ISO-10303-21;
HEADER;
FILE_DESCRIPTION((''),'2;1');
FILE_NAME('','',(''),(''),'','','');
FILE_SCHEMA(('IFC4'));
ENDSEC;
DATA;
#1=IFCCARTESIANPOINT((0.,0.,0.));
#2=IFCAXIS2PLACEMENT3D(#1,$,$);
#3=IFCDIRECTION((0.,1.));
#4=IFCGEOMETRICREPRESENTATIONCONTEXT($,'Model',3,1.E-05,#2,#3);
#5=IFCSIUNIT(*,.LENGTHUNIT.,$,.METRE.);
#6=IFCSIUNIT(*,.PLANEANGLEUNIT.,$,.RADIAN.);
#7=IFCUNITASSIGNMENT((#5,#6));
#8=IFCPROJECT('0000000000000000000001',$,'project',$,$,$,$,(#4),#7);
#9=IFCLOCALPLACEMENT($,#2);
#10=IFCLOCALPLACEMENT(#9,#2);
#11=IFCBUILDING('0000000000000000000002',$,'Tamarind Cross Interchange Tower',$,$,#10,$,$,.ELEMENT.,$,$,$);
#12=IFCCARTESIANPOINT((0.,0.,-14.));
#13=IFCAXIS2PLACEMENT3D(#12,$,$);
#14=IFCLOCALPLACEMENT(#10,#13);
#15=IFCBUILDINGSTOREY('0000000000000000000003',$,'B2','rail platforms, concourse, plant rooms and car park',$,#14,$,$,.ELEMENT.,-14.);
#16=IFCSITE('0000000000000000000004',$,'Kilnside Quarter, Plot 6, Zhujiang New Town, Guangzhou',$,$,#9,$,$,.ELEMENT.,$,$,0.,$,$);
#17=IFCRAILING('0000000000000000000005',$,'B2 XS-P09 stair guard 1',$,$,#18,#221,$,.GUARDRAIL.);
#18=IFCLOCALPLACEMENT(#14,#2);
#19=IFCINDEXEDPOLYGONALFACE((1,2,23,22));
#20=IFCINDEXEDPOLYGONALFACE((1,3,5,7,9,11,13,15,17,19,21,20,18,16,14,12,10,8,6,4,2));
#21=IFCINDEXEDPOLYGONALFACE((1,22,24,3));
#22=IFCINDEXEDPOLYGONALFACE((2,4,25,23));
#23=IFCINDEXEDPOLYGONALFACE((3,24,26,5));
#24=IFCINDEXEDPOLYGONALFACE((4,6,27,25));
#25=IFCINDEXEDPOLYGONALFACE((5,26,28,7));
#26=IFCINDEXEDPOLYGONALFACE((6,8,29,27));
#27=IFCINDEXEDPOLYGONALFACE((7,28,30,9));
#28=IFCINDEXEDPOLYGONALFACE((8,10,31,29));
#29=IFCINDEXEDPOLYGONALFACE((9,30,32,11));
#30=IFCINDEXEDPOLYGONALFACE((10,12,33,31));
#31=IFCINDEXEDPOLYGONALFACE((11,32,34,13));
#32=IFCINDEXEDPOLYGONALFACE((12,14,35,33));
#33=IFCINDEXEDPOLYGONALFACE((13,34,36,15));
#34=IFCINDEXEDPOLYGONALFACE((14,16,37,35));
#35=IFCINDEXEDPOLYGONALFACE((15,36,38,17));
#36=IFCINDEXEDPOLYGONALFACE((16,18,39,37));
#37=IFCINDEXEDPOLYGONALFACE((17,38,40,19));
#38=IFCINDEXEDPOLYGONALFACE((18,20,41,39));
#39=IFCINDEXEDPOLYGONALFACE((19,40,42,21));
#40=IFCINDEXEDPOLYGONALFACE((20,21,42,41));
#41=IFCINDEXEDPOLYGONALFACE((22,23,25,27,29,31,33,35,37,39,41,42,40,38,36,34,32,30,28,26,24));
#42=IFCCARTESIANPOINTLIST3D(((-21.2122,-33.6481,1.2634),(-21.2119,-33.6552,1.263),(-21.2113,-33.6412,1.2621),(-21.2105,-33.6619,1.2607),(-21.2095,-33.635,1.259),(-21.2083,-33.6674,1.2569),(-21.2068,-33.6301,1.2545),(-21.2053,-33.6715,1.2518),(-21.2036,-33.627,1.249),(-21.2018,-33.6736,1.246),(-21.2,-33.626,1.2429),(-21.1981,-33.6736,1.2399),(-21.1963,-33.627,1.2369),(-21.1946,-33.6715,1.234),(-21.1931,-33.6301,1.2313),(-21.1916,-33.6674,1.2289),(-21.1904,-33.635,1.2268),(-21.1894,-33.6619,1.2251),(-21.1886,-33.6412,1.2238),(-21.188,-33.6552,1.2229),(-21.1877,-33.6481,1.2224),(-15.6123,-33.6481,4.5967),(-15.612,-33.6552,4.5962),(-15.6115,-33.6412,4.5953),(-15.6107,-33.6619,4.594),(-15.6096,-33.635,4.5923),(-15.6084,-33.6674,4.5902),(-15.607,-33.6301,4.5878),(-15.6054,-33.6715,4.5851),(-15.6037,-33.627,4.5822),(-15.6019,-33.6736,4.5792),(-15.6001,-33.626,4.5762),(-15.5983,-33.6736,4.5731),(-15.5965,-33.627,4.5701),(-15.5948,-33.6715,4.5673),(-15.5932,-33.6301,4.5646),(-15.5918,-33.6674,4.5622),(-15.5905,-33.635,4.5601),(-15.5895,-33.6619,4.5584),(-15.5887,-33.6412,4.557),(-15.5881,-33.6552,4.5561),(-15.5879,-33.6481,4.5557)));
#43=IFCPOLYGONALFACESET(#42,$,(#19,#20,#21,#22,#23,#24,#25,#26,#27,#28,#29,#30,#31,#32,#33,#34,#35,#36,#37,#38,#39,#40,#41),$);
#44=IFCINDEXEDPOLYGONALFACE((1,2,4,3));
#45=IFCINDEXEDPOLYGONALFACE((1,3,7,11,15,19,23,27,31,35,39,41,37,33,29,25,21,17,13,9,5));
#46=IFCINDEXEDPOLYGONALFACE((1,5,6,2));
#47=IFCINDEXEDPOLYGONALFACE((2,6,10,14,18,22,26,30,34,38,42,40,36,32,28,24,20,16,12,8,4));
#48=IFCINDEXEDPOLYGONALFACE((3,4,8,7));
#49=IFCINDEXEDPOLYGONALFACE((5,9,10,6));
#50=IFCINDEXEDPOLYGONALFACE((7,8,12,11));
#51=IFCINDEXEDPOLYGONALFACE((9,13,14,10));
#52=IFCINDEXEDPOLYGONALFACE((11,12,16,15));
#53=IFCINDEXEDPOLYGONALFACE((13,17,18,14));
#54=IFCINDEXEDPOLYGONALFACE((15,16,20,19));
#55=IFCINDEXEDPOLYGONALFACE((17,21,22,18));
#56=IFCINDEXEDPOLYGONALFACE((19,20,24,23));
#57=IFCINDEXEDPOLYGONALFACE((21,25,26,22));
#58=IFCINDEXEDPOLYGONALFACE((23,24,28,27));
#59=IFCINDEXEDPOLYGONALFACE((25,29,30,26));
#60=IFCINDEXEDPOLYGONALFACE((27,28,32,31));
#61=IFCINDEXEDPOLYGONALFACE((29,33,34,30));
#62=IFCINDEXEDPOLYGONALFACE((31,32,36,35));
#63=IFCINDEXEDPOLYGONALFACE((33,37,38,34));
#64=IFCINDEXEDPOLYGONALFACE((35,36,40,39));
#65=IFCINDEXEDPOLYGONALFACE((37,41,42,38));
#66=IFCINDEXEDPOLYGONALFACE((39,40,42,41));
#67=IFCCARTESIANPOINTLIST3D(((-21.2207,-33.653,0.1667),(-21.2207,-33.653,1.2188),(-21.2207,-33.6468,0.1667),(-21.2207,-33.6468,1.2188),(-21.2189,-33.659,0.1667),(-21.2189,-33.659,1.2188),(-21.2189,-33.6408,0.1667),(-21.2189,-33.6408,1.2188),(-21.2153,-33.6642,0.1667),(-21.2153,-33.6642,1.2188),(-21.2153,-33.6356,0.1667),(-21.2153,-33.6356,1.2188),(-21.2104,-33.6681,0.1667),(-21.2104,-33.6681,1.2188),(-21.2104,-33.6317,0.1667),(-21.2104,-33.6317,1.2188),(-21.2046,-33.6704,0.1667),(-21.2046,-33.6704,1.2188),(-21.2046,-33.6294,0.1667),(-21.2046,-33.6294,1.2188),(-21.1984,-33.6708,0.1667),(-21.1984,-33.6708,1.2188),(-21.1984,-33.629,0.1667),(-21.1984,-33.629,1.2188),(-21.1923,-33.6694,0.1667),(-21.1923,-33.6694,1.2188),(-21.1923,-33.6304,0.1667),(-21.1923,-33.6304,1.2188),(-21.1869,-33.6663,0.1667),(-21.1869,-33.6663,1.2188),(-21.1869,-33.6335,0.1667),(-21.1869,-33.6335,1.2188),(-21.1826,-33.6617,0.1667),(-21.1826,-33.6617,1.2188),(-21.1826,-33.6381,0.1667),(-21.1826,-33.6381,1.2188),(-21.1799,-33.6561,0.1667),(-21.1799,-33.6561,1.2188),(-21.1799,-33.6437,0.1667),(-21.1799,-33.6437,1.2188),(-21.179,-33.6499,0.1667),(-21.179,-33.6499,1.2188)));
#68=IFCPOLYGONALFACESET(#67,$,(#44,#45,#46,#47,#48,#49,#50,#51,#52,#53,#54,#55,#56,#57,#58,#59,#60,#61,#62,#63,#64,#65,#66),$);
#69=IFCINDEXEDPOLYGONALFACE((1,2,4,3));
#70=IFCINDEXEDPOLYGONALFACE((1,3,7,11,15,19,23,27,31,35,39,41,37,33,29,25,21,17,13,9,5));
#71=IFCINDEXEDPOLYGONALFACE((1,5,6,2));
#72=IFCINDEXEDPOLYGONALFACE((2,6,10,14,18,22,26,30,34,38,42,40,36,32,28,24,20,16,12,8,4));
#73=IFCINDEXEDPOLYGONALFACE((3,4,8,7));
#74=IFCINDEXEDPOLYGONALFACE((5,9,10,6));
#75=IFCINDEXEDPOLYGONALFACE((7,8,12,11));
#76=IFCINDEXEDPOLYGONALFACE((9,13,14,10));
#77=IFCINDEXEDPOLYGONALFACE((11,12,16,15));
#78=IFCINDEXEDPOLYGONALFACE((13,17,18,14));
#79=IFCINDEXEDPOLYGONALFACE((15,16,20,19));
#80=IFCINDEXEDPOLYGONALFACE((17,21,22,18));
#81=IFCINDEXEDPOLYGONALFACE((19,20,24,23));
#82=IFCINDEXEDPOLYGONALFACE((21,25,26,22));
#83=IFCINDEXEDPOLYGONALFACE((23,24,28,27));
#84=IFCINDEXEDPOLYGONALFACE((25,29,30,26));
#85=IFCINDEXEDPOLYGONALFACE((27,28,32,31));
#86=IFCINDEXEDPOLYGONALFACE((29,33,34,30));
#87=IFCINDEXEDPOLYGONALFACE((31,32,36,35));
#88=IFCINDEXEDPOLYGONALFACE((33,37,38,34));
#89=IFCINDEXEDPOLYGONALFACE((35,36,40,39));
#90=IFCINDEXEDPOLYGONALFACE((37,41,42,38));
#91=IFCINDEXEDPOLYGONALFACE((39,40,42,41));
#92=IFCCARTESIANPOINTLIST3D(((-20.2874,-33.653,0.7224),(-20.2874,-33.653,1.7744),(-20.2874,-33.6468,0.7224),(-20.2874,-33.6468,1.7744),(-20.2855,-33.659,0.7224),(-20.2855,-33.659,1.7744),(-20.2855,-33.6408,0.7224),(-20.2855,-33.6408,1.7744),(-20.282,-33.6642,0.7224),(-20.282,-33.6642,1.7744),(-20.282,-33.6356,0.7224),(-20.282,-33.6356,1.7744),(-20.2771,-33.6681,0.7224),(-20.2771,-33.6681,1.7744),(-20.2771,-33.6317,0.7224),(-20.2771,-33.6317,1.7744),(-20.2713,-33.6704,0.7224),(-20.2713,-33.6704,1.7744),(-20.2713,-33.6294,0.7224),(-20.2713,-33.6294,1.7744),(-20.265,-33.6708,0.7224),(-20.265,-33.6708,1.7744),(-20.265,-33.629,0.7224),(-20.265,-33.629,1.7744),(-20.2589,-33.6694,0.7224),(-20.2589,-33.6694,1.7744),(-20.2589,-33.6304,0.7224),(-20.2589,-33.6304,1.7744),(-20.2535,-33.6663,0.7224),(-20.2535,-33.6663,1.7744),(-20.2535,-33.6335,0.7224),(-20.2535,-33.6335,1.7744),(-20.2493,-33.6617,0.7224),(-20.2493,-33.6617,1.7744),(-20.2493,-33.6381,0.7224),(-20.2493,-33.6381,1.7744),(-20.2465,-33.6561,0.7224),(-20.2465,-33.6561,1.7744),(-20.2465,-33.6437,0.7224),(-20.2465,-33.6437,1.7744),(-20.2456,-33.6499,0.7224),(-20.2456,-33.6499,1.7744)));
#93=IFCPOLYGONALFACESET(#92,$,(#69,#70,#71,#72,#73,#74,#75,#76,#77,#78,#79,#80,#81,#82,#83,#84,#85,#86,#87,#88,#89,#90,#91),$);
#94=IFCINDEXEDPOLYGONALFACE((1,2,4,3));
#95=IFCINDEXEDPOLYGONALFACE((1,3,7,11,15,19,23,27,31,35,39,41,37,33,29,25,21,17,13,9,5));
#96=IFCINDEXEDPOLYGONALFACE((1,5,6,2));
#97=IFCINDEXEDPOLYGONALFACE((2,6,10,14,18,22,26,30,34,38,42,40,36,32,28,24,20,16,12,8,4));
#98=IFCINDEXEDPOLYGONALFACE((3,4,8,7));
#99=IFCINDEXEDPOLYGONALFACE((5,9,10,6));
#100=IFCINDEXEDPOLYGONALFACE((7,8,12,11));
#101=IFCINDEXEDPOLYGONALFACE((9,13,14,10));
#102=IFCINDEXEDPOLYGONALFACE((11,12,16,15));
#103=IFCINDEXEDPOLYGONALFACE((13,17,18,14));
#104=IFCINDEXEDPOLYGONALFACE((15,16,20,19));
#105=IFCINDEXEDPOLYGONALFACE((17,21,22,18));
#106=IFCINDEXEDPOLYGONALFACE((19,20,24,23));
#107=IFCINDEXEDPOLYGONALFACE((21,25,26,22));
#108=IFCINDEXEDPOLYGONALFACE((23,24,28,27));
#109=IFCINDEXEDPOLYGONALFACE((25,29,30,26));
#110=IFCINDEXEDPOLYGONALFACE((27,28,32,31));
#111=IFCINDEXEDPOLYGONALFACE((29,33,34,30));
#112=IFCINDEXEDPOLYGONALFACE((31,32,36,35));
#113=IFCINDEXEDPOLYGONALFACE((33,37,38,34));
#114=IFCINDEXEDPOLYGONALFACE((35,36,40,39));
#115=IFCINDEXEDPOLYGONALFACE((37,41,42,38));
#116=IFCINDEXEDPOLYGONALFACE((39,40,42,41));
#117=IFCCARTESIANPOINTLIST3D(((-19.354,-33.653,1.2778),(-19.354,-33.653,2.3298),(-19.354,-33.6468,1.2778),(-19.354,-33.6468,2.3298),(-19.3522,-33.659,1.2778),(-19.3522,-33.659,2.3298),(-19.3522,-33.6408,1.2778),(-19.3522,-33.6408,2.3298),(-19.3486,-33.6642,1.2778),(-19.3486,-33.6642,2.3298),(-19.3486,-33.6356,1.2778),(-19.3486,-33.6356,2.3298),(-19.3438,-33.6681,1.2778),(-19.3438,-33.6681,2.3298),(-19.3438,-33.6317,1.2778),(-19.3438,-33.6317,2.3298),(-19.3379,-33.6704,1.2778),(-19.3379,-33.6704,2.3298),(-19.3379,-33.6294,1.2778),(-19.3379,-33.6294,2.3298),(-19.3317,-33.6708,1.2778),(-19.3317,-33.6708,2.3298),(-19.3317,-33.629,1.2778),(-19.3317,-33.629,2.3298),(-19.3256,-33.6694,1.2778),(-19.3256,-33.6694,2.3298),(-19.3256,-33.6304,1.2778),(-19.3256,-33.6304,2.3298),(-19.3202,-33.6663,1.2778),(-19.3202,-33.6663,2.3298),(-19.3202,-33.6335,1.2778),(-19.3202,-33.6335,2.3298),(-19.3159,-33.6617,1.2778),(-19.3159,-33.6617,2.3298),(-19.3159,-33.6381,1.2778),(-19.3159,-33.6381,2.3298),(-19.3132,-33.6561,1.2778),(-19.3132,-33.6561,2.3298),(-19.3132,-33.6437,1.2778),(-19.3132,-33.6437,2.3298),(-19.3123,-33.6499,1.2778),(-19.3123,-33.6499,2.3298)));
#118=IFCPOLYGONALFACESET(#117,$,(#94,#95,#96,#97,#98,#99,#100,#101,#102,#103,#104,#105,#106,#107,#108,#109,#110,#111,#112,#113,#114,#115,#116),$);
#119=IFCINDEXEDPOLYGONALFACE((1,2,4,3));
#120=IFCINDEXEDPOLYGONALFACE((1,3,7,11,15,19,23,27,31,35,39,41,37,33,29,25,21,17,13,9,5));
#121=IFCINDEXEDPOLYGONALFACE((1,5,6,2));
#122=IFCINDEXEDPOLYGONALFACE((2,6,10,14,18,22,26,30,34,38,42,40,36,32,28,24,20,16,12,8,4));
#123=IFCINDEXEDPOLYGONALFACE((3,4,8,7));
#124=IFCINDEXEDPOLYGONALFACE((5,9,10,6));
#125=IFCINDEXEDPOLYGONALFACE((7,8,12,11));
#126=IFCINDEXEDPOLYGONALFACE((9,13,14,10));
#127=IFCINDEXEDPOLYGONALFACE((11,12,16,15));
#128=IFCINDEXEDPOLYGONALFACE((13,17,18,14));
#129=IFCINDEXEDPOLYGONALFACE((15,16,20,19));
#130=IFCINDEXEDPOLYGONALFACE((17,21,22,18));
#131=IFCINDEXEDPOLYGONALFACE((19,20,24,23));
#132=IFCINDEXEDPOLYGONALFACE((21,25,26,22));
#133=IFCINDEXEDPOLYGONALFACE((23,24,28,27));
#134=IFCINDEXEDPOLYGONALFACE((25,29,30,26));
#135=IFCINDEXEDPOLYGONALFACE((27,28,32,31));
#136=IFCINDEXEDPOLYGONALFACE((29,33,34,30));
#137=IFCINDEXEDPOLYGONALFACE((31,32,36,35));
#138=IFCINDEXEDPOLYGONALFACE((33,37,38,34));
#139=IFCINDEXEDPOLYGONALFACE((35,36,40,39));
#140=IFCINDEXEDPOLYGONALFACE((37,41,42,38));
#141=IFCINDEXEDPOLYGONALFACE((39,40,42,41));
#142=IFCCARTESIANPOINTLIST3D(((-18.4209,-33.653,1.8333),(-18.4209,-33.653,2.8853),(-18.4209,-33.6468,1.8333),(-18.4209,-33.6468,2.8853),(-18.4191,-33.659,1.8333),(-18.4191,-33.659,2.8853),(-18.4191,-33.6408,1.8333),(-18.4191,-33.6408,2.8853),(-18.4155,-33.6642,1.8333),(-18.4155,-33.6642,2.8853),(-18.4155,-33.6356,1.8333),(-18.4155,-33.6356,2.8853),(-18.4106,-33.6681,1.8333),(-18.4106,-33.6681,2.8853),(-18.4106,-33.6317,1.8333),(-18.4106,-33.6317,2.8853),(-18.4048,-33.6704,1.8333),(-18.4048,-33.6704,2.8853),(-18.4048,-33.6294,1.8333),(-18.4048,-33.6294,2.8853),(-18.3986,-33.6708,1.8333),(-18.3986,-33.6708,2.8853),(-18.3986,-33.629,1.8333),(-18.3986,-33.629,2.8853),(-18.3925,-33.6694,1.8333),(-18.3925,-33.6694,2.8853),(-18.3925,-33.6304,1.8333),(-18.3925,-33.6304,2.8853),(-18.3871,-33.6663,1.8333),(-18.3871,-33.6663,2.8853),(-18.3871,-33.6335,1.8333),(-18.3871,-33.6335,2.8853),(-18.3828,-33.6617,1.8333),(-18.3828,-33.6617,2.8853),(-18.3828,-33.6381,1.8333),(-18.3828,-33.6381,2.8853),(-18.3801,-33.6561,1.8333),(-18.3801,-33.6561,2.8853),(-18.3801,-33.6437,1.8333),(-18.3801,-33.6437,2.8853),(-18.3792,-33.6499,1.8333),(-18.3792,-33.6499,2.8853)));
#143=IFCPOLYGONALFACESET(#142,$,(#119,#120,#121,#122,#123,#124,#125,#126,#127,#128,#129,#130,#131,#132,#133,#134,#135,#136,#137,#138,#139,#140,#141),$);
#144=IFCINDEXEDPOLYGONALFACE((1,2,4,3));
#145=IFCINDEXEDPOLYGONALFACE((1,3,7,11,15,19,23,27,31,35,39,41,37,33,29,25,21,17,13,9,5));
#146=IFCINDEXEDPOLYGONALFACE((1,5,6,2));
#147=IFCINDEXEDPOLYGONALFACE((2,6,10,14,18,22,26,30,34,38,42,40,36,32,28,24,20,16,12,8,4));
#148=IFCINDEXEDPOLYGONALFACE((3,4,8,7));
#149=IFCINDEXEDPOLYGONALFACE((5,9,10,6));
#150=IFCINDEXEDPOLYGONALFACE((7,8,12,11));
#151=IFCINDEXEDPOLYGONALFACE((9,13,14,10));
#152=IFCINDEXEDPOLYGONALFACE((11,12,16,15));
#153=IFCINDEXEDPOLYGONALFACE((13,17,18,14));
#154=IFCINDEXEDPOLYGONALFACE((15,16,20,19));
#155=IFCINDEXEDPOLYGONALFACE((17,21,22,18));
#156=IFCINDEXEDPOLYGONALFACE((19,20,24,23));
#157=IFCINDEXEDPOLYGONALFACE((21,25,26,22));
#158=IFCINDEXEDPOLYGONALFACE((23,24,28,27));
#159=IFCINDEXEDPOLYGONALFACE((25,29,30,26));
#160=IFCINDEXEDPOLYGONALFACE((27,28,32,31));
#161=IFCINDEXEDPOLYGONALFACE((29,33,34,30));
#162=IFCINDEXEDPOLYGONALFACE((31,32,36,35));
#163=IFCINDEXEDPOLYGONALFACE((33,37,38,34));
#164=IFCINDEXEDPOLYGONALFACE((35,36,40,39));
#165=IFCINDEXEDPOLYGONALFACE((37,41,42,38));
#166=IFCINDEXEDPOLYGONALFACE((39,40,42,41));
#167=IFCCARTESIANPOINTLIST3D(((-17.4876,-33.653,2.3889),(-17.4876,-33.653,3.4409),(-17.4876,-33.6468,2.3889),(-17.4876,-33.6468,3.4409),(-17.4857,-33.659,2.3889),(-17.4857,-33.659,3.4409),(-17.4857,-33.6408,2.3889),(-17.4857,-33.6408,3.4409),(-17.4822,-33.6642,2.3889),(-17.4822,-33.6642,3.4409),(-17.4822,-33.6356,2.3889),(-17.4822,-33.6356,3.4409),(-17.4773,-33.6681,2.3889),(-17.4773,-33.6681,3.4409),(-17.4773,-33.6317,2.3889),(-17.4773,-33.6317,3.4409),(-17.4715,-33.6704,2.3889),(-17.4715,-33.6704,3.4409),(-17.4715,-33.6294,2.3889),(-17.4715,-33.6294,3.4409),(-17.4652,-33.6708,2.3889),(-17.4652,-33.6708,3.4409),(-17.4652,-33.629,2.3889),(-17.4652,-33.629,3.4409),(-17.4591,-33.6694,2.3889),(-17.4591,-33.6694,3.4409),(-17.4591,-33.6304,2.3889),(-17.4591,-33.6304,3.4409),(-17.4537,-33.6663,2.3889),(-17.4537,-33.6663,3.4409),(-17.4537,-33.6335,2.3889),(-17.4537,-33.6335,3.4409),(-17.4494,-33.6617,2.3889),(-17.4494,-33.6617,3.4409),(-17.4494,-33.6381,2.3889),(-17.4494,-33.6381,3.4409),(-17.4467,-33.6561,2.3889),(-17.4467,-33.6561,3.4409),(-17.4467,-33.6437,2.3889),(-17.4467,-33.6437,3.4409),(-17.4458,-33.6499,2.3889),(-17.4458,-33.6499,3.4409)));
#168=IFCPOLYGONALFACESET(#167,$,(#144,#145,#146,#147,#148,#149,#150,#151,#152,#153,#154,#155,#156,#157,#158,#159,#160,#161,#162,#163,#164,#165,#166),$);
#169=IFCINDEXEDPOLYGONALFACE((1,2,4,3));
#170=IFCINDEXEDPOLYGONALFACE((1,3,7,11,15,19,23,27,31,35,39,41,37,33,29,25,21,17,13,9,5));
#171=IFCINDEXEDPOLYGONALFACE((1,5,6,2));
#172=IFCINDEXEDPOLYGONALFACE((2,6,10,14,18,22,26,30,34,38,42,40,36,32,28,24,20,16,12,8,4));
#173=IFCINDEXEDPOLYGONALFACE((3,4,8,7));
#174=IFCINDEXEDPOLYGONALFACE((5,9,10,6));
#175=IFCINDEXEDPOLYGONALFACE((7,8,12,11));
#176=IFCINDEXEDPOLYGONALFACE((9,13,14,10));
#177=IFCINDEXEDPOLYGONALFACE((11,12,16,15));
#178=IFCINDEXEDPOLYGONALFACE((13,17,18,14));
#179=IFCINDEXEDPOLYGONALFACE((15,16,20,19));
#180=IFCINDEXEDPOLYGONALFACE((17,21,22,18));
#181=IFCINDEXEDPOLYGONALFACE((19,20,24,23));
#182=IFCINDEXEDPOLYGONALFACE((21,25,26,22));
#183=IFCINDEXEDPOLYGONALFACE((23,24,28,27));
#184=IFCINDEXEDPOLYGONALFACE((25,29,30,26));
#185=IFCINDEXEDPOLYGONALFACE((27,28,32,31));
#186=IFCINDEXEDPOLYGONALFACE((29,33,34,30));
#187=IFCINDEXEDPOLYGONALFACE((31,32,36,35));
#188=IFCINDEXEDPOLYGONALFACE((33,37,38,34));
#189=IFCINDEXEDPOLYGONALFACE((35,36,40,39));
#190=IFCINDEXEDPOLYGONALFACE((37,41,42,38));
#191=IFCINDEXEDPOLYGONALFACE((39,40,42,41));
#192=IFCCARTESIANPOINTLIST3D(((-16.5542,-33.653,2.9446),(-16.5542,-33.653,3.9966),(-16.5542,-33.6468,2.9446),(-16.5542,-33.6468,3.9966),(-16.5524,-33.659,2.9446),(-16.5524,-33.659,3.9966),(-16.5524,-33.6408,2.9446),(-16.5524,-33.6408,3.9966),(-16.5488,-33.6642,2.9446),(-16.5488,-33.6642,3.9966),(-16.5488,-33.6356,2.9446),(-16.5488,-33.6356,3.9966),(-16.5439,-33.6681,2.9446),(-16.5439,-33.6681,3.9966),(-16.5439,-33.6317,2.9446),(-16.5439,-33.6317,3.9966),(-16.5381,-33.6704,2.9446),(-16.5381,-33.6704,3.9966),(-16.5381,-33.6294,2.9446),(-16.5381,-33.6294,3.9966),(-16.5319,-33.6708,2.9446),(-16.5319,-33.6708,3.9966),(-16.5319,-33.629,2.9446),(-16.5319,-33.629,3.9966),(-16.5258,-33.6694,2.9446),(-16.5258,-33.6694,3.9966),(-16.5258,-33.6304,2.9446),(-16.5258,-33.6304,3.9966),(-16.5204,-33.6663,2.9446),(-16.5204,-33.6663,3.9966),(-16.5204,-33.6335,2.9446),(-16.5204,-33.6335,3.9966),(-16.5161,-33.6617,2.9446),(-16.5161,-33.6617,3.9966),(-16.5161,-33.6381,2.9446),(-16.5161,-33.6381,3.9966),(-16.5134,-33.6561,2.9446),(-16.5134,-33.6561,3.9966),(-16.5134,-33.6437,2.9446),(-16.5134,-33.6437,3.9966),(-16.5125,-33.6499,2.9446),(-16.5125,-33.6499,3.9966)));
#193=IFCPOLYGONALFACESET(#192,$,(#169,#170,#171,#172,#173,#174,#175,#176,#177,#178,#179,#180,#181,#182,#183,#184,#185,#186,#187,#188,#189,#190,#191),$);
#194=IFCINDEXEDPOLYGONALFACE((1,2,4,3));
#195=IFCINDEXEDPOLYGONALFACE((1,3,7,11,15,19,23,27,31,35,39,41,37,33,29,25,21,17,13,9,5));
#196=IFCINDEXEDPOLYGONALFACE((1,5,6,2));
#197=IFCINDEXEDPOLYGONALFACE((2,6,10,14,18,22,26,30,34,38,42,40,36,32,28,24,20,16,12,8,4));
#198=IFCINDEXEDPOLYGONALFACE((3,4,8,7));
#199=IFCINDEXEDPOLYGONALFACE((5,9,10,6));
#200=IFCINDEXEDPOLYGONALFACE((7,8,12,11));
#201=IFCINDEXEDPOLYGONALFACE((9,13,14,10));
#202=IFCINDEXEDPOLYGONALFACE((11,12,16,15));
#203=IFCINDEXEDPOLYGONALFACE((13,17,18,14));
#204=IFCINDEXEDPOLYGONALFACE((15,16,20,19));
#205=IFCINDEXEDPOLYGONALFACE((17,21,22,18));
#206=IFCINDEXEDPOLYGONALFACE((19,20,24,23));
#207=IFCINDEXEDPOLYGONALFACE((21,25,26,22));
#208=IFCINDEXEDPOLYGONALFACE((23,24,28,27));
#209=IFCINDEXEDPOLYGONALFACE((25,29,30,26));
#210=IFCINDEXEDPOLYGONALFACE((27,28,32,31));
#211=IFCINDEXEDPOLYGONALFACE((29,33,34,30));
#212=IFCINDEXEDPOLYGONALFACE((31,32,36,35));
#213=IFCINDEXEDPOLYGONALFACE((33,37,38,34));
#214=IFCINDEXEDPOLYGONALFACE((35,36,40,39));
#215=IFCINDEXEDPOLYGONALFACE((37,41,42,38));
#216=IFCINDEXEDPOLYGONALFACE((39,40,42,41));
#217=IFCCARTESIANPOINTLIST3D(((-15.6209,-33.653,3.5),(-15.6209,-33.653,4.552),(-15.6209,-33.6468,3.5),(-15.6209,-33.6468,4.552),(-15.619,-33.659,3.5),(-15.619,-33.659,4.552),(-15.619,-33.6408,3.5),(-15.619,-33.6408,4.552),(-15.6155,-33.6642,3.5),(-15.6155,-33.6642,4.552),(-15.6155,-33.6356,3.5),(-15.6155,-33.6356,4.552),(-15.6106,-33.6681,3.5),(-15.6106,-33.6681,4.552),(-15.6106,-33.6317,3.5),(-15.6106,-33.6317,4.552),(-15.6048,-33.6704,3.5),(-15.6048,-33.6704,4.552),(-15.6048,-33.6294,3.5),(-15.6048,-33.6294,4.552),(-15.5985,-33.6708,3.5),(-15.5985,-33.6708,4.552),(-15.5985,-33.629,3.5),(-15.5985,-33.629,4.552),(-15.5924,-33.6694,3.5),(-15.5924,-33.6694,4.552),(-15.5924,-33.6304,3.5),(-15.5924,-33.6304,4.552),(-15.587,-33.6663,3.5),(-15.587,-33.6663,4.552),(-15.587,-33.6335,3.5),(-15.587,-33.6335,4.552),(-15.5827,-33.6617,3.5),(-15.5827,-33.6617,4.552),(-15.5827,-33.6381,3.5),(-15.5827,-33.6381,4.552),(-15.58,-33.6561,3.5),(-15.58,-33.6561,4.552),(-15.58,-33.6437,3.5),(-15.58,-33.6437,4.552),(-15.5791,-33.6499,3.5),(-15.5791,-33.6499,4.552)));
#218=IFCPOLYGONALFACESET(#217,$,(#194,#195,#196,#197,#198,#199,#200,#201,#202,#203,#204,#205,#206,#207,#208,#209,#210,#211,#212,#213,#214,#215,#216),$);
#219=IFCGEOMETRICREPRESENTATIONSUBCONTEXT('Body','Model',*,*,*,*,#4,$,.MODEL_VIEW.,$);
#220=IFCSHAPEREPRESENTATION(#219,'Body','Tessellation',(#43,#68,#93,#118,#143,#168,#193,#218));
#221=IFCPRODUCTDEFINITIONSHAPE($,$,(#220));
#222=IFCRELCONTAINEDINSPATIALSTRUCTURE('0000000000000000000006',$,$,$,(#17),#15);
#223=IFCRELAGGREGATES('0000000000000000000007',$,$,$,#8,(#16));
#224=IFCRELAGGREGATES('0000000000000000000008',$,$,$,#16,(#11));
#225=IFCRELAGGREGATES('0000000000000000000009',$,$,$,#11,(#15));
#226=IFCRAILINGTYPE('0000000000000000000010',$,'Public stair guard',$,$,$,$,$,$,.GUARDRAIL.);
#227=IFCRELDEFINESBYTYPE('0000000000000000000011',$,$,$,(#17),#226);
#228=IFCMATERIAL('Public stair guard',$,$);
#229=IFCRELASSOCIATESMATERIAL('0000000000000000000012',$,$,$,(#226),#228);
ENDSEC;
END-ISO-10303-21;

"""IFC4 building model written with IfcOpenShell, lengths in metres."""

from ifc_helpers import new_model, si_unit, direction, frame, origin, origin_2d, place, context, subcontext, project, spatial, circle, extrude, material, type_object, element, save


model = new_model("IFC4")

# Units and contexts
model_context = context("Model", 3, precision=1e-05, world=origin(), true_north=direction((0.0, 1.0)))
body_context = subcontext(model_context, "Body", "Model", "MODEL_VIEW")
ifc_project = project(units=[si_unit("LENGTHUNIT", "METRE"), si_unit("PLANEANGLEUNIT", "RADIAN")], contexts=[model_context])

# Site, building, storey
site_placement = place(None, origin())
site = spatial("IfcSite", under=ifc_project, at=site_placement, Name="Kilnside Quarter, Plot 6, Zhujiang New Town, Guangzhou", CompositionType="ELEMENT", RefElevation=0.0)
building_placement = place(site_placement, origin())
building = spatial("IfcBuilding", under=site, at=building_placement, Name="Tamarind Cross Interchange Tower", CompositionType="ELEMENT")
storey_placement = place(building_placement, frame((0.0, 0.0, -14.0)))
storey = spatial("IfcBuildingStorey", under=building, at=storey_placement, Name="B2", Description="rail platforms, concourse, plant rooms and car park", CompositionType="ELEMENT", Elevation=-14.0)

# Railing
ifc_material_1 = material(Name="Public stair guard")
railing_type_1 = type_object("IfcRailingType", Name="Public stair guard", PredefinedType="GUARDRAIL", material=ifc_material_1)
railing_1_placement = place(storey_placement, frame((-21.2, -33.6499, 0.1667)))
element("IfcRailing", 1, at=railing_1_placement, inside=storey, type_object=railing_type_1, Name="B2 XS-P09 stair guard 1", PredefinedType="GUARDRAIL", context=body_context, shape_type="SweptSolid", body=[
    extrude(circle(Radius=0.0239, at=origin_2d()), frame((0.0, 0.0, 1.0762), z_axis=(0.859292, 0.0, 0.511485), x_axis=(0.0, 1.0, 0.0)), (0.0, 0.0, 1.0), 6.5168),
    extrude(circle(Radius=0.021, at=origin_2d()), origin(), (0.0, 0.0, 1.0), 1.052),
    extrude(circle(Radius=0.021, at=origin_2d()), frame((0.9333, 0.0, 0.5557)), (0.0, 0.0, 1.0), 1.052),
    extrude(circle(Radius=0.021, at=origin_2d()), frame((1.8667, 0.0, 1.1111)), (0.0, 0.0, 1.0), 1.052),
    extrude(circle(Radius=0.021, at=origin_2d()), frame((2.7998, 0.0, 1.6665)), (0.0, 0.0, 1.0), 1.052),
    extrude(circle(Radius=0.021, at=origin_2d()), frame((3.7332, 0.0, 2.2222)), (0.0, 0.0, 1.0), 1.052),
    extrude(circle(Radius=0.021, at=origin_2d()), frame((4.6665, 0.0, 2.7778)), (0.0, 0.0, 1.0), 1.052),
    extrude(circle(Radius=0.021, at=origin_2d()), frame((5.5999, 0.0, 3.3333)), (0.0, 0.0, 1.0), 1.052),
])

save(model, "model.ifc")
